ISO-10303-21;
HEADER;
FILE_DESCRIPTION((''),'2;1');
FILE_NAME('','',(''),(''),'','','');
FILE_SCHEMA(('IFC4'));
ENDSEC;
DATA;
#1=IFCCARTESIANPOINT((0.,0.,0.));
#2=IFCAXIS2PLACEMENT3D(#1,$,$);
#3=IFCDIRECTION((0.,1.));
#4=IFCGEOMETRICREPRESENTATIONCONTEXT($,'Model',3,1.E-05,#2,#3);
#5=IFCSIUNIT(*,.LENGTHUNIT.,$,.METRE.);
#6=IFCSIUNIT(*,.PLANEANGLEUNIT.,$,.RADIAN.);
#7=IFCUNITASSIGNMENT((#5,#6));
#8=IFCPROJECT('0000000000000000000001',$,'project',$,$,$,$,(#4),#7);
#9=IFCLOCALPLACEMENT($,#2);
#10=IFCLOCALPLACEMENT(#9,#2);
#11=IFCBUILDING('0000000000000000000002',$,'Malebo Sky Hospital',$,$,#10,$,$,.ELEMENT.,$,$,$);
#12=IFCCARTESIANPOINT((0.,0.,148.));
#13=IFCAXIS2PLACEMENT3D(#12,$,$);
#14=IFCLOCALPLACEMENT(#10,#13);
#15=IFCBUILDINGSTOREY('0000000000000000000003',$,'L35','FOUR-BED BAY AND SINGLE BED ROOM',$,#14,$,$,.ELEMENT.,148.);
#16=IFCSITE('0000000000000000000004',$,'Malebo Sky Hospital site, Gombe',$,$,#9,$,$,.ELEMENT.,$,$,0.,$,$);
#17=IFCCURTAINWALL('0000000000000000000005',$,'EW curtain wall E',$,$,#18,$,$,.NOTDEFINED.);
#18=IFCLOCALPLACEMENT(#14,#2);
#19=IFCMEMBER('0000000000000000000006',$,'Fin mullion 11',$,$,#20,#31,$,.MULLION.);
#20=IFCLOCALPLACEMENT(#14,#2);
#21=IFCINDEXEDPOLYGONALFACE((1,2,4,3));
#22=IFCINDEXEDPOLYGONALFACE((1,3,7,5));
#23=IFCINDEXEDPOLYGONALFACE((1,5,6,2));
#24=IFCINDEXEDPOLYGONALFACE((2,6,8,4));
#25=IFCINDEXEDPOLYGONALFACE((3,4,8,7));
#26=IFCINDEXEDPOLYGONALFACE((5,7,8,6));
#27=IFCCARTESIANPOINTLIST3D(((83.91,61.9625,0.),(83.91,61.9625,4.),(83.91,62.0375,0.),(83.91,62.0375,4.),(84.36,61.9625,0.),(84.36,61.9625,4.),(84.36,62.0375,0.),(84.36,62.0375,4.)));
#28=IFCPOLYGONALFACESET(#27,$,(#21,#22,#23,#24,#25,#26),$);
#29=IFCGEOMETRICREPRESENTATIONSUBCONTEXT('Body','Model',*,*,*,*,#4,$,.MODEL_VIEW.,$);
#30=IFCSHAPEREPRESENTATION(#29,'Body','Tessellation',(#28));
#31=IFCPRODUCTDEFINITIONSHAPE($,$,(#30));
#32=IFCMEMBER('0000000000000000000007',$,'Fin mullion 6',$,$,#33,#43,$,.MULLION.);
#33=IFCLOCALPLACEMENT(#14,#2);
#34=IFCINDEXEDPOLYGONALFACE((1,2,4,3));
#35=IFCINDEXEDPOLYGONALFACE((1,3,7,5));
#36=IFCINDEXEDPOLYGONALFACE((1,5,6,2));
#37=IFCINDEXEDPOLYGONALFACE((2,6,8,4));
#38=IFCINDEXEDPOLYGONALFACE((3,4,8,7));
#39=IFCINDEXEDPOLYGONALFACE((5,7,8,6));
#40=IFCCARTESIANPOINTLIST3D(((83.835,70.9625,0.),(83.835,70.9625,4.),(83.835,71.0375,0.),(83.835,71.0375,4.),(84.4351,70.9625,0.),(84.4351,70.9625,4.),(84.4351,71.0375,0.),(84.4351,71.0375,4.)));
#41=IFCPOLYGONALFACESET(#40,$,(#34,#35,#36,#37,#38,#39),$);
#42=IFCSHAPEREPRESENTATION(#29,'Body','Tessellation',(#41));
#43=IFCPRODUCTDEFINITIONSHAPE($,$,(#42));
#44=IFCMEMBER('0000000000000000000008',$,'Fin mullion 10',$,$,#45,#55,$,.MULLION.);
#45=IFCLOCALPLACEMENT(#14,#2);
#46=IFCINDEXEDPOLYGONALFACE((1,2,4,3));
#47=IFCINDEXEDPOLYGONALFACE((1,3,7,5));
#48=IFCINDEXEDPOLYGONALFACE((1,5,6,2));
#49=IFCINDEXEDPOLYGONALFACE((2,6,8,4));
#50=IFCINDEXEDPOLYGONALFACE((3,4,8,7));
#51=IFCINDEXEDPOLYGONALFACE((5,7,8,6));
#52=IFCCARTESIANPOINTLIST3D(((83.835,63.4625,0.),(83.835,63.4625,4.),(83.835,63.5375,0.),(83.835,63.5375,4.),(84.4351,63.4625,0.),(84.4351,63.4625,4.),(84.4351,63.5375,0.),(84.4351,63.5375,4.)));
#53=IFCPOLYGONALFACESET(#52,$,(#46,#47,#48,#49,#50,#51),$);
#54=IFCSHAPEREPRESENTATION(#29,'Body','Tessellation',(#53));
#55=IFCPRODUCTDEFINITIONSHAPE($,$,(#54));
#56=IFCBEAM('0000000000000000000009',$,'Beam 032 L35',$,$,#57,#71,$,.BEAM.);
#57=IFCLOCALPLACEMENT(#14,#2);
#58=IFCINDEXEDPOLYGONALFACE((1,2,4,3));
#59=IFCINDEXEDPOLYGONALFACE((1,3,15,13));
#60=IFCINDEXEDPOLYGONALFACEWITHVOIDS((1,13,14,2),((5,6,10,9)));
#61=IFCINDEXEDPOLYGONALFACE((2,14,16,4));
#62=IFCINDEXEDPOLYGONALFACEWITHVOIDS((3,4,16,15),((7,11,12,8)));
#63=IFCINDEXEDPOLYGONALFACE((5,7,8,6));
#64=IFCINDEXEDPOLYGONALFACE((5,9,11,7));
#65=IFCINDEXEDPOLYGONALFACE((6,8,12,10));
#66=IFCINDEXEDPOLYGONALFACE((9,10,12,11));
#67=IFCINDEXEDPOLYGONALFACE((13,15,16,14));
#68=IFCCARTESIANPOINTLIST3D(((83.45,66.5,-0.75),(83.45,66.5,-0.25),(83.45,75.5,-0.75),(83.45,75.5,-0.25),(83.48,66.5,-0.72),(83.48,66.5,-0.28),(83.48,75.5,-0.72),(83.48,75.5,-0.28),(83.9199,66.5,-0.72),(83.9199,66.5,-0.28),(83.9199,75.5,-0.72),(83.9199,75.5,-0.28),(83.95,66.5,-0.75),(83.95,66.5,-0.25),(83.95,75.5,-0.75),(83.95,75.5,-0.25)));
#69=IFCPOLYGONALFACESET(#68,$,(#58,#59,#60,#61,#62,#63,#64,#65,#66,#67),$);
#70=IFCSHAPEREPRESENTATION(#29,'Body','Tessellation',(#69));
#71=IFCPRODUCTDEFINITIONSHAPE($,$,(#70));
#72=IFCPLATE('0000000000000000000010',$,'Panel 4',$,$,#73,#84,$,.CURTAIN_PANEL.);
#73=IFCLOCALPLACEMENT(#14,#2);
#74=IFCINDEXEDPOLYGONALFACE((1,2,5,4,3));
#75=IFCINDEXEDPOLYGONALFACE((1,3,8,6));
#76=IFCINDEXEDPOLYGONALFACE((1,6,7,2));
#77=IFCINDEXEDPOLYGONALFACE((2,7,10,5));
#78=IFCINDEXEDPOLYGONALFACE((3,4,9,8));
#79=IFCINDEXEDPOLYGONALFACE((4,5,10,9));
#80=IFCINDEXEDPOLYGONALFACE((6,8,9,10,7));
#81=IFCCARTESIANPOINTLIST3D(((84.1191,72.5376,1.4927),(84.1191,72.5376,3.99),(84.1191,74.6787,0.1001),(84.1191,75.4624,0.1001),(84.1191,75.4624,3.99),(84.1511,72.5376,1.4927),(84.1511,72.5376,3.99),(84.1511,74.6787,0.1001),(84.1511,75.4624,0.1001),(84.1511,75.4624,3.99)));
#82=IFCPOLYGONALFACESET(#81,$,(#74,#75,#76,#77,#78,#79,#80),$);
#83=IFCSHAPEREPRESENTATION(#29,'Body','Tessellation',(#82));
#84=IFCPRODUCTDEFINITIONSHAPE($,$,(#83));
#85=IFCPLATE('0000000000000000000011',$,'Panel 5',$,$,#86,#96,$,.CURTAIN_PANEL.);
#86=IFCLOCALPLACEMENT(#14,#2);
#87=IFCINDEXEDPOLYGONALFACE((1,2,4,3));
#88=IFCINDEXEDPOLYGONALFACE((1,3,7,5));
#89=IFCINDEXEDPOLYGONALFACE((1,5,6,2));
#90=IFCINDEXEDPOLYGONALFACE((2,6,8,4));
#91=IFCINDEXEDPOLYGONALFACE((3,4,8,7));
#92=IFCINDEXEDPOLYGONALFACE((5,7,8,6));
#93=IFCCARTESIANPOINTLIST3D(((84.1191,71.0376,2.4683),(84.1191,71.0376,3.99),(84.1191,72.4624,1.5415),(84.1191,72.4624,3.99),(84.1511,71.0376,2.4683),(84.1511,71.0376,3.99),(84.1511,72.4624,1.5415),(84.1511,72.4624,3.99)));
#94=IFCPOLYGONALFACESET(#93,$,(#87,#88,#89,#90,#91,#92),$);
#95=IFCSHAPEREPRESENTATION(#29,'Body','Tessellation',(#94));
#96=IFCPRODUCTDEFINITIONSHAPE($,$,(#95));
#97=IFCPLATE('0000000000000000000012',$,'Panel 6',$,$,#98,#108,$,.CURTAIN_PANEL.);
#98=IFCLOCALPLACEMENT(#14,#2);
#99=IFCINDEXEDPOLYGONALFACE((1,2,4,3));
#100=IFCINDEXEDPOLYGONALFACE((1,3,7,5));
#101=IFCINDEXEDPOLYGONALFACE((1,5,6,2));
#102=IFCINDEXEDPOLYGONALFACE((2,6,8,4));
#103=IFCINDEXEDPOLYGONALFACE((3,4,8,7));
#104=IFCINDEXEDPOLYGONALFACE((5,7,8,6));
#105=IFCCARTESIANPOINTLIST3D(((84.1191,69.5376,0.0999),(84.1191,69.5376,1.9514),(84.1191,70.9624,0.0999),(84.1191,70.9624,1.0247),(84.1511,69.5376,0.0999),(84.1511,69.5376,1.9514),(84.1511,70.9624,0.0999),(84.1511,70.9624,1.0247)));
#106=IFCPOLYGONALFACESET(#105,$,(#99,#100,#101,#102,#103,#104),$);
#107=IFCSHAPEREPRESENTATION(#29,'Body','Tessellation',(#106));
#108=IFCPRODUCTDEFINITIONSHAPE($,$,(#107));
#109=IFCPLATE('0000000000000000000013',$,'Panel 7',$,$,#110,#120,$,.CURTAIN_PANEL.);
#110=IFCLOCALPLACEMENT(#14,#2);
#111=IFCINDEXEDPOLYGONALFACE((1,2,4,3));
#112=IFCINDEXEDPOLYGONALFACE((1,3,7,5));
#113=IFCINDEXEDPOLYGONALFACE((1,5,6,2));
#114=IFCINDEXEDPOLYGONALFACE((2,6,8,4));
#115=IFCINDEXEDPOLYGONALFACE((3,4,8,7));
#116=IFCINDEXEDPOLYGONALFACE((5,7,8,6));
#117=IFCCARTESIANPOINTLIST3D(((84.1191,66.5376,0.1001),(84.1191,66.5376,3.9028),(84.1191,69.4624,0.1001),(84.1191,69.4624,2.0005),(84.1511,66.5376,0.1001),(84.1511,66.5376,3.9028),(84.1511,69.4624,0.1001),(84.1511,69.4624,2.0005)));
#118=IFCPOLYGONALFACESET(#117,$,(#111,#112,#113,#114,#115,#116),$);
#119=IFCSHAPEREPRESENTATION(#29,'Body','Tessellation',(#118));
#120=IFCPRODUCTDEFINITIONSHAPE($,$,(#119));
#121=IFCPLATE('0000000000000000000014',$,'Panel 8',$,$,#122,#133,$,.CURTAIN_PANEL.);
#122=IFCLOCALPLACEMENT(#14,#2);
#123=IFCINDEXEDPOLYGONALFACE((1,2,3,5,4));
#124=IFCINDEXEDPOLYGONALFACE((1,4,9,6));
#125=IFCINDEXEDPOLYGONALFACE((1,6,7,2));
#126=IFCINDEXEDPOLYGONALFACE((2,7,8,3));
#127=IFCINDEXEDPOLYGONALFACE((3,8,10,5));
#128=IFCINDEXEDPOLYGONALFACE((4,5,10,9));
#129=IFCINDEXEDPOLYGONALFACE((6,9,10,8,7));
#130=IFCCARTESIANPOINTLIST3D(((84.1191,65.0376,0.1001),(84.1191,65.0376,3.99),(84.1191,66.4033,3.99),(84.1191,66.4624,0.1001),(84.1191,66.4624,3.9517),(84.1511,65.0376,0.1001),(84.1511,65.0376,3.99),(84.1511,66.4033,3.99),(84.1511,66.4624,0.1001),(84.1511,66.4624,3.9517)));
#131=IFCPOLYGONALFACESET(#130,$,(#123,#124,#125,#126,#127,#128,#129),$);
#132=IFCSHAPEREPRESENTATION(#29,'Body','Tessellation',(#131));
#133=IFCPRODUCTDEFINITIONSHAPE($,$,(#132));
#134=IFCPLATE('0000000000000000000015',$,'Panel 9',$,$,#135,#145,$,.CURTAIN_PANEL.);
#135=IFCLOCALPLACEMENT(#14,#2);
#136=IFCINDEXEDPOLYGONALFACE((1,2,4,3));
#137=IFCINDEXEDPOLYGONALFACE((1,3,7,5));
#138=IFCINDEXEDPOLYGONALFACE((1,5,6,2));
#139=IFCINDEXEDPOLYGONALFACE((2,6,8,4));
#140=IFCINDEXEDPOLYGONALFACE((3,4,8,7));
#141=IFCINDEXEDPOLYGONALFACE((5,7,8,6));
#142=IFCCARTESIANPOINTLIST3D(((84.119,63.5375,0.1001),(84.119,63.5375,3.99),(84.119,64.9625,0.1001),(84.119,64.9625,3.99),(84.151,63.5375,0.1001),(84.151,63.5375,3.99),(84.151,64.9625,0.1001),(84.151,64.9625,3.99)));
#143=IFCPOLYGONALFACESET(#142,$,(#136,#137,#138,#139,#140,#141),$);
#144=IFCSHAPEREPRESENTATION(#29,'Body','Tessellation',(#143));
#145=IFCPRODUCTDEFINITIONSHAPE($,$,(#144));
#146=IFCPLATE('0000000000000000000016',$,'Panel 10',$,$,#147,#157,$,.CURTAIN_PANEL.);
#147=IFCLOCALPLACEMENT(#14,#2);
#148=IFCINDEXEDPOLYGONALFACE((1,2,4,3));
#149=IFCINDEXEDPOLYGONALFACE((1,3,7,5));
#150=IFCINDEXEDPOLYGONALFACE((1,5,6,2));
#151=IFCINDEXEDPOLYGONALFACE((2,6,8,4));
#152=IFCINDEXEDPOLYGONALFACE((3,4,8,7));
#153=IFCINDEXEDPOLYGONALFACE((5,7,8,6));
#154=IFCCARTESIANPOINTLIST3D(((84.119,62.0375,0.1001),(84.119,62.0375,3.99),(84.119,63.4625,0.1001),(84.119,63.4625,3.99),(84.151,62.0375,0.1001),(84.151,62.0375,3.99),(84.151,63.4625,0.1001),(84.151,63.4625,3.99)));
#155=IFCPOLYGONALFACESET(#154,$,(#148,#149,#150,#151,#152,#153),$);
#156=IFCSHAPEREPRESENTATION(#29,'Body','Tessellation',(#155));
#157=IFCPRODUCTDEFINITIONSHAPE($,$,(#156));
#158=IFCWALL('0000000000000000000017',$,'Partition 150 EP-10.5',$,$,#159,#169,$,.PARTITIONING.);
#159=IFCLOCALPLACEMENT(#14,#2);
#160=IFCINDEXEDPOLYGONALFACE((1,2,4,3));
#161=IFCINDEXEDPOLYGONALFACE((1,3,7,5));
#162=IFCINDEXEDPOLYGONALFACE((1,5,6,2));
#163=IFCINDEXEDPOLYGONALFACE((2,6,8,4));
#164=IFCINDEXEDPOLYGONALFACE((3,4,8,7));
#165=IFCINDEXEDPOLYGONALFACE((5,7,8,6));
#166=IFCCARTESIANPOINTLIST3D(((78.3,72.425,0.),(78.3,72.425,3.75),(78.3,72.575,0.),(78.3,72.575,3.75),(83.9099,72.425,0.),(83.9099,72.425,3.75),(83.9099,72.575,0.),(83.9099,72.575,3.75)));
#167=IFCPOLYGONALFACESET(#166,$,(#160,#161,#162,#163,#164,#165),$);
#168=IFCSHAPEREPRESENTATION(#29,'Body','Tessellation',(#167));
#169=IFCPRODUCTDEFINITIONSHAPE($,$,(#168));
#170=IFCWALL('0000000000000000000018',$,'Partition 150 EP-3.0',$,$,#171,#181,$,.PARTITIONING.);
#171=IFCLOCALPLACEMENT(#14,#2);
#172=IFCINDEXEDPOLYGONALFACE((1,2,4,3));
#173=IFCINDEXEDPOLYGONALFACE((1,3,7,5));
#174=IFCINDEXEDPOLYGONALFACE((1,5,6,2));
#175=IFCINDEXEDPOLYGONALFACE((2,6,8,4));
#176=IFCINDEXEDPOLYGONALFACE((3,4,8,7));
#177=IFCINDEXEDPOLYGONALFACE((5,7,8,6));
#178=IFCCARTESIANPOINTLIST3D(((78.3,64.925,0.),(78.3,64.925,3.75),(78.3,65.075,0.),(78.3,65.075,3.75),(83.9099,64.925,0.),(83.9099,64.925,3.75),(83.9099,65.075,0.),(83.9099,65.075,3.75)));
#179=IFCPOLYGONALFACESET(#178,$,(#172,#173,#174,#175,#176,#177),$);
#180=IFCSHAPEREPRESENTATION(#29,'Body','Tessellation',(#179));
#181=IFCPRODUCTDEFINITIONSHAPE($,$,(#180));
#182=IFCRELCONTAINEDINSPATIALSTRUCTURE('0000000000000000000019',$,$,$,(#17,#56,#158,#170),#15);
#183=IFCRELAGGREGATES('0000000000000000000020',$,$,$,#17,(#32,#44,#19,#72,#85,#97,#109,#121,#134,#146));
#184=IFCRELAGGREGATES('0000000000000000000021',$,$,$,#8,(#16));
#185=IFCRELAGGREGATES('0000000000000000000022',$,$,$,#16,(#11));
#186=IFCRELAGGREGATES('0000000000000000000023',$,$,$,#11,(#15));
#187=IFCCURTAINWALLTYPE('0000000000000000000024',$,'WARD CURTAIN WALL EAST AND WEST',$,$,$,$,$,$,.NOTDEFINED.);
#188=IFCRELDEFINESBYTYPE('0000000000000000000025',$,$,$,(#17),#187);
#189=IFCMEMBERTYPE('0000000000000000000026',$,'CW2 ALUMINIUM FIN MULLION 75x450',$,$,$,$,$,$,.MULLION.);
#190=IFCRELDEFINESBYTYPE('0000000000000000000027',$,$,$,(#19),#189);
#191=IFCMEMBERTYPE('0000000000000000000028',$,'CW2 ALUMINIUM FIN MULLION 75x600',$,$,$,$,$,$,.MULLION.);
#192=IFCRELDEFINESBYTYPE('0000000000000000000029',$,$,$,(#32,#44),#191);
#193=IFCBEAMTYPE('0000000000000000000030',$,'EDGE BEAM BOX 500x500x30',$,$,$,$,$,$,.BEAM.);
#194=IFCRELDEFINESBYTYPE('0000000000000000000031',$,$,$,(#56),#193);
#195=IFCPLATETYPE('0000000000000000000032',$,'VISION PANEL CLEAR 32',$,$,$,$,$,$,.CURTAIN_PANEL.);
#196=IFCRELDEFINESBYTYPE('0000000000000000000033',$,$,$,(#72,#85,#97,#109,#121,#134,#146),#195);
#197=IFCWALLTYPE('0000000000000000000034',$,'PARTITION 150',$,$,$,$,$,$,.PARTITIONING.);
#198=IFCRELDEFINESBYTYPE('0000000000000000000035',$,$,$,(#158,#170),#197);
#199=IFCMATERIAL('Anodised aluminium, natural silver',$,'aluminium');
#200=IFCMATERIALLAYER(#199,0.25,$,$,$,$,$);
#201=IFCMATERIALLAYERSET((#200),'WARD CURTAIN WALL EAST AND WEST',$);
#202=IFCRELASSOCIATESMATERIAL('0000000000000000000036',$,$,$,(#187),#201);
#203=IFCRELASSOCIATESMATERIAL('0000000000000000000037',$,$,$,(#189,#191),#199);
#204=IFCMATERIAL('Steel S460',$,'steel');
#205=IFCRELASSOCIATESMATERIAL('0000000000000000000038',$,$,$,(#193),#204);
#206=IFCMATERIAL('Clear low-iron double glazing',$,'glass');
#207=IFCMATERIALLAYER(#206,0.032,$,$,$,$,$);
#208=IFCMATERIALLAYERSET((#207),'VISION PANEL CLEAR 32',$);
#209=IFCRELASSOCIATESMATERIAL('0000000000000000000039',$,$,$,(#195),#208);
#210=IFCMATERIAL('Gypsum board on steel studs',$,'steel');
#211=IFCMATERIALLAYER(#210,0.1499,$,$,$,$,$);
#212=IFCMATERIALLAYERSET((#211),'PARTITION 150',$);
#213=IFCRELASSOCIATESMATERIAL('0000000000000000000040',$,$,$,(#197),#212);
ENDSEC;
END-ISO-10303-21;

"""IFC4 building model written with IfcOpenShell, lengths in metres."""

from ifc_helpers import new_model, si_unit, direction, frame, frame_2d, origin, origin_2d, place, context, subcontext, project, spatial, polyline, rectangle, hollow_rectangle, outline, extrude, material, layer, layer_set, material_profile, profile_set, type_object, element, aggregate, save


model = new_model("IFC4")

# Units and contexts
model_context = context("Model", 3, precision=1e-05, world=origin(), true_north=direction((0.0, 1.0)))
body_context = subcontext(model_context, "Body", "Model", "MODEL_VIEW")
ifc_project = project(units=[si_unit("LENGTHUNIT", "METRE"), si_unit("PLANEANGLEUNIT", "RADIAN")], contexts=[model_context])

# Site, building, storey
site_placement = place(None, origin())
site = spatial("IfcSite", under=ifc_project, at=site_placement, Name="Malebo Sky Hospital site, Gombe", CompositionType="ELEMENT", RefElevation=0.0)
building_placement = place(site_placement, origin())
building = spatial("IfcBuilding", under=site, at=building_placement, Name="Malebo Sky Hospital", CompositionType="ELEMENT")
storey_placement = place(building_placement, frame((0.0, 0.0, 148.0)))
storey = spatial("IfcBuildingStorey", under=building, at=storey_placement, Name="L35", Description="FOUR-BED BAY AND SINGLE BED ROOM", CompositionType="ELEMENT", Elevation=148.0)

# Shared definitions
ifc_material_1 = material(Name="Steel S460", Category="steel")

# Curtain wall
ifc_material_2 = material(Name="Anodised aluminium, natural silver", Category="aluminium")
ifc_layer_1 = layer(ifc_material_2, 0.25)
ifc_layer_set_1 = layer_set([ifc_layer_1], Name="WARD CURTAIN WALL EAST AND WEST")
curtain_wall_type = type_object("IfcCurtainWallType", Name="WARD CURTAIN WALL EAST AND WEST", PredefinedType="NOTDEFINED", material=ifc_layer_set_1)
curtain_wall_placement = place(storey_placement, origin())
curtain_wall = element("IfcCurtainWall", 1, at=curtain_wall_placement, inside=storey, type_object=curtain_wall_type, Name="EW curtain wall E", PredefinedType="NOTDEFINED")

# Members
ifc_material_profile_1 = material_profile(ifc_material_2, rectangle(XDim=0.075, YDim=0.45, at=origin_2d()), Name="CW2 ALUMINIUM FIN MULLION 75x450")
ifc_profile_set_1 = profile_set([ifc_material_profile_1], Name="Anodised aluminium, natural silver")
member_type_1 = type_object("IfcMemberType", Name="CW2 ALUMINIUM FIN MULLION 75x450", PredefinedType="MULLION", material=ifc_profile_set_1)
member_1_placement = place(storey_placement, frame((84.135, 62.0, 0.0), z_axis=(0.0, 0.0, 1.0), x_axis=(0.0, -1.0, 0.0)))
member_1 = element("IfcMember", 2, at=member_1_placement, type_object=member_type_1, Name="Fin mullion 11", PredefinedType="MULLION", context=body_context, shape_type="SweptSolid", body=[
    extrude(rectangle(XDim=0.075, YDim=0.45, at=origin_2d()), origin(), (0.0, 0.0, 1.0), 4.0),
])
ifc_material_profile_2 = material_profile(ifc_material_2, rectangle(XDim=0.075, YDim=0.6001, at=origin_2d()), Name="CW2 ALUMINIUM FIN MULLION 75x600")
ifc_profile_set_2 = profile_set([ifc_material_profile_2], Name="Anodised aluminium, natural silver")
member_type_2 = type_object("IfcMemberType", Name="CW2 ALUMINIUM FIN MULLION 75x600", PredefinedType="MULLION", material=ifc_profile_set_2)
member_2_placement = place(storey_placement, frame((84.135, 71.0, 0.0), z_axis=(0.0, 0.0, 1.0), x_axis=(0.0, -1.0, 0.0)))
member_2 = element("IfcMember", 3, at=member_2_placement, type_object=member_type_2, Name="Fin mullion 6", PredefinedType="MULLION", context=body_context, shape_type="SweptSolid", body=[
    extrude(rectangle(XDim=0.075, YDim=0.6001, at=origin_2d()), origin(), (0.0, 0.0, 1.0), 4.0),
])
member_3_placement = place(storey_placement, frame((84.135, 63.5, 0.0), z_axis=(0.0, 0.0, 1.0), x_axis=(0.0, -1.0, 0.0)))
member_3 = element("IfcMember", 4, at=member_3_placement, type_object=member_type_2, Name="Fin mullion 10", PredefinedType="MULLION", context=body_context, shape_type="SweptSolid", body=[
    extrude(rectangle(XDim=0.075, YDim=0.6001, at=origin_2d()), origin(), (0.0, 0.0, 1.0), 4.0),
])

# Beam
ifc_material_profile_3 = material_profile(ifc_material_1, hollow_rectangle(XDim=0.5, YDim=0.5, WallThickness=0.03, at=origin_2d()), Name="BOX 500x500x30")
ifc_profile_set_3 = profile_set([ifc_material_profile_3], Name="Steel S460")
beam_type = type_object("IfcBeamType", Name="EDGE BEAM BOX 500x500x30", PredefinedType="BEAM", material=ifc_profile_set_3)
beam_placement = place(storey_placement, frame((83.7, 66.5, -0.5), z_axis=(0.0, 1.0, 0.0), x_axis=(-1.0, 0.0, 0.0)))
element("IfcBeam", 5, at=beam_placement, inside=storey, type_object=beam_type, Name="Beam 032 L35", PredefinedType="BEAM", context=body_context, shape_type="SweptSolid", body=[
    extrude(hollow_rectangle(XDim=0.5, YDim=0.5, WallThickness=0.03, at=origin_2d()), origin(), (0.0, 0.0, 1.0), 9.0),
])

# Plates
ifc_material_3 = material(Name="Clear low-iron double glazing", Category="glass")
ifc_layer_2 = layer(ifc_material_3, 0.032)
ifc_layer_set_2 = layer_set([ifc_layer_2], Name="VISION PANEL CLEAR 32")
plate_type = type_object("IfcPlateType", Name="VISION PANEL CLEAR 32", PredefinedType="CURTAIN_PANEL", material=ifc_layer_set_2)
plate_1_placement = place(storey_placement, frame((84.135, 74.0, 0.1001), z_axis=(0.0, 0.0, 1.0), x_axis=(0.0, -1.0, 0.0)))
plate_1 = element("IfcPlate", 6, at=plate_1_placement, type_object=plate_type, Name="Panel 4", PredefinedType="CURTAIN_PANEL", context=body_context, shape_type="SweptSolid", body=[
    extrude(outline(polyline([(-1.4624, 0.0), (-0.6787, 0.0), (1.4624, 1.3926), (1.4624, 3.8899), (-1.4624, 3.8899), (-1.4624, 0.0)])), frame((0.0, 0.0161, 0.0), z_axis=(0.0, -1.0, 0.0), x_axis=(1.0, 0.0, 0.0)), (0.0, 0.0, 1.0), 0.032),
])
plate_2_placement = place(storey_placement, frame((84.135, 71.75, 1.5415), z_axis=(0.0, 0.0, 1.0), x_axis=(0.0, -1.0, 0.0)))
plate_2 = element("IfcPlate", 7, at=plate_2_placement, type_object=plate_type, Name="Panel 5", PredefinedType="CURTAIN_PANEL", context=body_context, shape_type="SweptSolid", body=[
    extrude(outline(polyline([(-0.7124, 0.0), (0.7124, 0.9268), (0.7124, 2.4485), (-0.7124, 2.4485), (-0.7124, 0.0)])), frame((0.0, 0.0161, 0.0), z_axis=(0.0, -1.0, 0.0), x_axis=(1.0, 0.0, 0.0)), (0.0, 0.0, 1.0), 0.032),
])
plate_3_placement = place(storey_placement, frame((84.135, 70.25, 0.0999), z_axis=(0.0, 0.0, 1.0), x_axis=(0.0, -1.0, 0.0)))
plate_3 = element("IfcPlate", 8, at=plate_3_placement, type_object=plate_type, Name="Panel 6", PredefinedType="CURTAIN_PANEL", context=body_context, shape_type="SweptSolid", body=[
    extrude(outline(polyline([(-0.7124, 0.0), (0.7124, 0.0), (0.7124, 1.8516), (-0.7124, 0.9248), (-0.7124, 0.0)])), frame((0.0, 0.0161, 0.0), z_axis=(0.0, -1.0, 0.0), x_axis=(1.0, 0.0, 0.0)), (0.0, 0.0, 1.0), 0.032),
])
plate_4_placement = place(storey_placement, frame((84.135, 68.0, 0.1001), z_axis=(0.0, 0.0, 1.0), x_axis=(0.0, -1.0, 0.0)))
plate_4 = element("IfcPlate", 9, at=plate_4_placement, type_object=plate_type, Name="Panel 7", PredefinedType="CURTAIN_PANEL", context=body_context, shape_type="SweptSolid", body=[
    extrude(outline(polyline([(-1.4624, 0.0), (1.4624, 0.0), (1.4624, 3.8027), (-1.4624, 1.9004), (-1.4624, 0.0)])), frame((0.0, 0.0161, 0.0), z_axis=(0.0, -1.0, 0.0), x_axis=(1.0, 0.0, 0.0)), (0.0, 0.0, 1.0), 0.032),
])
plate_5_placement = place(storey_placement, frame((84.135, 65.75, 0.1001), z_axis=(0.0, 0.0, 1.0), x_axis=(0.0, -1.0, 0.0)))
plate_5 = element("IfcPlate", 10, at=plate_5_placement, type_object=plate_type, Name="Panel 8", PredefinedType="CURTAIN_PANEL", context=body_context, shape_type="SweptSolid", body=[
    extrude(outline(polyline([(-0.7124, 0.0), (0.7124, 0.0), (0.7124, 3.8899), (-0.6533, 3.8899), (-0.7124, 3.8516), (-0.7124, 0.0)])), frame((0.0, 0.0161, 0.0), z_axis=(0.0, -1.0, 0.0), x_axis=(1.0, 0.0, 0.0)), (0.0, 0.0, 1.0), 0.032),
])
plate_6_placement = place(storey_placement, frame((84.135, 64.25, 0.1001), z_axis=(0.0, 0.0, 1.0), x_axis=(0.0, -1.0, 0.0)))
plate_6 = element("IfcPlate", 11, at=plate_6_placement, type_object=plate_type, Name="Panel 9", PredefinedType="CURTAIN_PANEL", context=body_context, shape_type="SweptSolid", body=[
    extrude(rectangle(XDim=1.425, YDim=0.032, at=origin_2d()), origin(), (0.0, 0.0, 1.0), 3.8899),
])
plate_7_placement = place(storey_placement, frame((84.135, 62.75, 0.1001), z_axis=(0.0, 0.0, 1.0), x_axis=(0.0, -1.0, 0.0)))
plate_7 = element("IfcPlate", 12, at=plate_7_placement, type_object=plate_type, Name="Panel 10", PredefinedType="CURTAIN_PANEL", context=body_context, shape_type="SweptSolid", body=[
    extrude(rectangle(XDim=1.425, YDim=0.032, at=origin_2d()), origin(), (0.0, 0.0, 1.0), 3.8899),
])
aggregate(curtain_wall, [member_2, member_3, member_1, plate_1, plate_2, plate_3, plate_4, plate_5, plate_6, plate_7])

# Walls
ifc_material_4 = material(Name="Gypsum board on steel studs", Category="steel")
ifc_layer_3 = layer(ifc_material_4, 0.1499)
ifc_layer_set_3 = layer_set([ifc_layer_3], Name="PARTITION 150")
wall_type_1 = type_object("IfcWallType", Name="PARTITION 150", PredefinedType="PARTITIONING", material=ifc_layer_set_3)
for number, where, z_axis, x_axis, name in (
    (13, (78.3, 72.5, 0.0), (0.0, 0.0, 1.0), (1.0, 0.0, 0.0), "Partition 150 EP-10.5"),
    (14, (78.3, 65.0, 0.0), (0.0, 0.0, 1.0), (1.0, 0.0, 0.0), "Partition 150 EP-3.0"),
):
    element("IfcWall", number, at=place(storey_placement, frame(where, z_axis=z_axis, x_axis=x_axis)), inside=storey, type_object=wall_type_1, Name=name, PredefinedType="PARTITIONING", context=body_context, shape_type="SweptSolid", body=[
        extrude(rectangle(XDim=5.6099, YDim=0.1499, at=frame_2d((2.8049, 0.0))), origin(), (0.0, 0.0, 1.0), 3.75),
    ])

save(model, "model.ifc")
